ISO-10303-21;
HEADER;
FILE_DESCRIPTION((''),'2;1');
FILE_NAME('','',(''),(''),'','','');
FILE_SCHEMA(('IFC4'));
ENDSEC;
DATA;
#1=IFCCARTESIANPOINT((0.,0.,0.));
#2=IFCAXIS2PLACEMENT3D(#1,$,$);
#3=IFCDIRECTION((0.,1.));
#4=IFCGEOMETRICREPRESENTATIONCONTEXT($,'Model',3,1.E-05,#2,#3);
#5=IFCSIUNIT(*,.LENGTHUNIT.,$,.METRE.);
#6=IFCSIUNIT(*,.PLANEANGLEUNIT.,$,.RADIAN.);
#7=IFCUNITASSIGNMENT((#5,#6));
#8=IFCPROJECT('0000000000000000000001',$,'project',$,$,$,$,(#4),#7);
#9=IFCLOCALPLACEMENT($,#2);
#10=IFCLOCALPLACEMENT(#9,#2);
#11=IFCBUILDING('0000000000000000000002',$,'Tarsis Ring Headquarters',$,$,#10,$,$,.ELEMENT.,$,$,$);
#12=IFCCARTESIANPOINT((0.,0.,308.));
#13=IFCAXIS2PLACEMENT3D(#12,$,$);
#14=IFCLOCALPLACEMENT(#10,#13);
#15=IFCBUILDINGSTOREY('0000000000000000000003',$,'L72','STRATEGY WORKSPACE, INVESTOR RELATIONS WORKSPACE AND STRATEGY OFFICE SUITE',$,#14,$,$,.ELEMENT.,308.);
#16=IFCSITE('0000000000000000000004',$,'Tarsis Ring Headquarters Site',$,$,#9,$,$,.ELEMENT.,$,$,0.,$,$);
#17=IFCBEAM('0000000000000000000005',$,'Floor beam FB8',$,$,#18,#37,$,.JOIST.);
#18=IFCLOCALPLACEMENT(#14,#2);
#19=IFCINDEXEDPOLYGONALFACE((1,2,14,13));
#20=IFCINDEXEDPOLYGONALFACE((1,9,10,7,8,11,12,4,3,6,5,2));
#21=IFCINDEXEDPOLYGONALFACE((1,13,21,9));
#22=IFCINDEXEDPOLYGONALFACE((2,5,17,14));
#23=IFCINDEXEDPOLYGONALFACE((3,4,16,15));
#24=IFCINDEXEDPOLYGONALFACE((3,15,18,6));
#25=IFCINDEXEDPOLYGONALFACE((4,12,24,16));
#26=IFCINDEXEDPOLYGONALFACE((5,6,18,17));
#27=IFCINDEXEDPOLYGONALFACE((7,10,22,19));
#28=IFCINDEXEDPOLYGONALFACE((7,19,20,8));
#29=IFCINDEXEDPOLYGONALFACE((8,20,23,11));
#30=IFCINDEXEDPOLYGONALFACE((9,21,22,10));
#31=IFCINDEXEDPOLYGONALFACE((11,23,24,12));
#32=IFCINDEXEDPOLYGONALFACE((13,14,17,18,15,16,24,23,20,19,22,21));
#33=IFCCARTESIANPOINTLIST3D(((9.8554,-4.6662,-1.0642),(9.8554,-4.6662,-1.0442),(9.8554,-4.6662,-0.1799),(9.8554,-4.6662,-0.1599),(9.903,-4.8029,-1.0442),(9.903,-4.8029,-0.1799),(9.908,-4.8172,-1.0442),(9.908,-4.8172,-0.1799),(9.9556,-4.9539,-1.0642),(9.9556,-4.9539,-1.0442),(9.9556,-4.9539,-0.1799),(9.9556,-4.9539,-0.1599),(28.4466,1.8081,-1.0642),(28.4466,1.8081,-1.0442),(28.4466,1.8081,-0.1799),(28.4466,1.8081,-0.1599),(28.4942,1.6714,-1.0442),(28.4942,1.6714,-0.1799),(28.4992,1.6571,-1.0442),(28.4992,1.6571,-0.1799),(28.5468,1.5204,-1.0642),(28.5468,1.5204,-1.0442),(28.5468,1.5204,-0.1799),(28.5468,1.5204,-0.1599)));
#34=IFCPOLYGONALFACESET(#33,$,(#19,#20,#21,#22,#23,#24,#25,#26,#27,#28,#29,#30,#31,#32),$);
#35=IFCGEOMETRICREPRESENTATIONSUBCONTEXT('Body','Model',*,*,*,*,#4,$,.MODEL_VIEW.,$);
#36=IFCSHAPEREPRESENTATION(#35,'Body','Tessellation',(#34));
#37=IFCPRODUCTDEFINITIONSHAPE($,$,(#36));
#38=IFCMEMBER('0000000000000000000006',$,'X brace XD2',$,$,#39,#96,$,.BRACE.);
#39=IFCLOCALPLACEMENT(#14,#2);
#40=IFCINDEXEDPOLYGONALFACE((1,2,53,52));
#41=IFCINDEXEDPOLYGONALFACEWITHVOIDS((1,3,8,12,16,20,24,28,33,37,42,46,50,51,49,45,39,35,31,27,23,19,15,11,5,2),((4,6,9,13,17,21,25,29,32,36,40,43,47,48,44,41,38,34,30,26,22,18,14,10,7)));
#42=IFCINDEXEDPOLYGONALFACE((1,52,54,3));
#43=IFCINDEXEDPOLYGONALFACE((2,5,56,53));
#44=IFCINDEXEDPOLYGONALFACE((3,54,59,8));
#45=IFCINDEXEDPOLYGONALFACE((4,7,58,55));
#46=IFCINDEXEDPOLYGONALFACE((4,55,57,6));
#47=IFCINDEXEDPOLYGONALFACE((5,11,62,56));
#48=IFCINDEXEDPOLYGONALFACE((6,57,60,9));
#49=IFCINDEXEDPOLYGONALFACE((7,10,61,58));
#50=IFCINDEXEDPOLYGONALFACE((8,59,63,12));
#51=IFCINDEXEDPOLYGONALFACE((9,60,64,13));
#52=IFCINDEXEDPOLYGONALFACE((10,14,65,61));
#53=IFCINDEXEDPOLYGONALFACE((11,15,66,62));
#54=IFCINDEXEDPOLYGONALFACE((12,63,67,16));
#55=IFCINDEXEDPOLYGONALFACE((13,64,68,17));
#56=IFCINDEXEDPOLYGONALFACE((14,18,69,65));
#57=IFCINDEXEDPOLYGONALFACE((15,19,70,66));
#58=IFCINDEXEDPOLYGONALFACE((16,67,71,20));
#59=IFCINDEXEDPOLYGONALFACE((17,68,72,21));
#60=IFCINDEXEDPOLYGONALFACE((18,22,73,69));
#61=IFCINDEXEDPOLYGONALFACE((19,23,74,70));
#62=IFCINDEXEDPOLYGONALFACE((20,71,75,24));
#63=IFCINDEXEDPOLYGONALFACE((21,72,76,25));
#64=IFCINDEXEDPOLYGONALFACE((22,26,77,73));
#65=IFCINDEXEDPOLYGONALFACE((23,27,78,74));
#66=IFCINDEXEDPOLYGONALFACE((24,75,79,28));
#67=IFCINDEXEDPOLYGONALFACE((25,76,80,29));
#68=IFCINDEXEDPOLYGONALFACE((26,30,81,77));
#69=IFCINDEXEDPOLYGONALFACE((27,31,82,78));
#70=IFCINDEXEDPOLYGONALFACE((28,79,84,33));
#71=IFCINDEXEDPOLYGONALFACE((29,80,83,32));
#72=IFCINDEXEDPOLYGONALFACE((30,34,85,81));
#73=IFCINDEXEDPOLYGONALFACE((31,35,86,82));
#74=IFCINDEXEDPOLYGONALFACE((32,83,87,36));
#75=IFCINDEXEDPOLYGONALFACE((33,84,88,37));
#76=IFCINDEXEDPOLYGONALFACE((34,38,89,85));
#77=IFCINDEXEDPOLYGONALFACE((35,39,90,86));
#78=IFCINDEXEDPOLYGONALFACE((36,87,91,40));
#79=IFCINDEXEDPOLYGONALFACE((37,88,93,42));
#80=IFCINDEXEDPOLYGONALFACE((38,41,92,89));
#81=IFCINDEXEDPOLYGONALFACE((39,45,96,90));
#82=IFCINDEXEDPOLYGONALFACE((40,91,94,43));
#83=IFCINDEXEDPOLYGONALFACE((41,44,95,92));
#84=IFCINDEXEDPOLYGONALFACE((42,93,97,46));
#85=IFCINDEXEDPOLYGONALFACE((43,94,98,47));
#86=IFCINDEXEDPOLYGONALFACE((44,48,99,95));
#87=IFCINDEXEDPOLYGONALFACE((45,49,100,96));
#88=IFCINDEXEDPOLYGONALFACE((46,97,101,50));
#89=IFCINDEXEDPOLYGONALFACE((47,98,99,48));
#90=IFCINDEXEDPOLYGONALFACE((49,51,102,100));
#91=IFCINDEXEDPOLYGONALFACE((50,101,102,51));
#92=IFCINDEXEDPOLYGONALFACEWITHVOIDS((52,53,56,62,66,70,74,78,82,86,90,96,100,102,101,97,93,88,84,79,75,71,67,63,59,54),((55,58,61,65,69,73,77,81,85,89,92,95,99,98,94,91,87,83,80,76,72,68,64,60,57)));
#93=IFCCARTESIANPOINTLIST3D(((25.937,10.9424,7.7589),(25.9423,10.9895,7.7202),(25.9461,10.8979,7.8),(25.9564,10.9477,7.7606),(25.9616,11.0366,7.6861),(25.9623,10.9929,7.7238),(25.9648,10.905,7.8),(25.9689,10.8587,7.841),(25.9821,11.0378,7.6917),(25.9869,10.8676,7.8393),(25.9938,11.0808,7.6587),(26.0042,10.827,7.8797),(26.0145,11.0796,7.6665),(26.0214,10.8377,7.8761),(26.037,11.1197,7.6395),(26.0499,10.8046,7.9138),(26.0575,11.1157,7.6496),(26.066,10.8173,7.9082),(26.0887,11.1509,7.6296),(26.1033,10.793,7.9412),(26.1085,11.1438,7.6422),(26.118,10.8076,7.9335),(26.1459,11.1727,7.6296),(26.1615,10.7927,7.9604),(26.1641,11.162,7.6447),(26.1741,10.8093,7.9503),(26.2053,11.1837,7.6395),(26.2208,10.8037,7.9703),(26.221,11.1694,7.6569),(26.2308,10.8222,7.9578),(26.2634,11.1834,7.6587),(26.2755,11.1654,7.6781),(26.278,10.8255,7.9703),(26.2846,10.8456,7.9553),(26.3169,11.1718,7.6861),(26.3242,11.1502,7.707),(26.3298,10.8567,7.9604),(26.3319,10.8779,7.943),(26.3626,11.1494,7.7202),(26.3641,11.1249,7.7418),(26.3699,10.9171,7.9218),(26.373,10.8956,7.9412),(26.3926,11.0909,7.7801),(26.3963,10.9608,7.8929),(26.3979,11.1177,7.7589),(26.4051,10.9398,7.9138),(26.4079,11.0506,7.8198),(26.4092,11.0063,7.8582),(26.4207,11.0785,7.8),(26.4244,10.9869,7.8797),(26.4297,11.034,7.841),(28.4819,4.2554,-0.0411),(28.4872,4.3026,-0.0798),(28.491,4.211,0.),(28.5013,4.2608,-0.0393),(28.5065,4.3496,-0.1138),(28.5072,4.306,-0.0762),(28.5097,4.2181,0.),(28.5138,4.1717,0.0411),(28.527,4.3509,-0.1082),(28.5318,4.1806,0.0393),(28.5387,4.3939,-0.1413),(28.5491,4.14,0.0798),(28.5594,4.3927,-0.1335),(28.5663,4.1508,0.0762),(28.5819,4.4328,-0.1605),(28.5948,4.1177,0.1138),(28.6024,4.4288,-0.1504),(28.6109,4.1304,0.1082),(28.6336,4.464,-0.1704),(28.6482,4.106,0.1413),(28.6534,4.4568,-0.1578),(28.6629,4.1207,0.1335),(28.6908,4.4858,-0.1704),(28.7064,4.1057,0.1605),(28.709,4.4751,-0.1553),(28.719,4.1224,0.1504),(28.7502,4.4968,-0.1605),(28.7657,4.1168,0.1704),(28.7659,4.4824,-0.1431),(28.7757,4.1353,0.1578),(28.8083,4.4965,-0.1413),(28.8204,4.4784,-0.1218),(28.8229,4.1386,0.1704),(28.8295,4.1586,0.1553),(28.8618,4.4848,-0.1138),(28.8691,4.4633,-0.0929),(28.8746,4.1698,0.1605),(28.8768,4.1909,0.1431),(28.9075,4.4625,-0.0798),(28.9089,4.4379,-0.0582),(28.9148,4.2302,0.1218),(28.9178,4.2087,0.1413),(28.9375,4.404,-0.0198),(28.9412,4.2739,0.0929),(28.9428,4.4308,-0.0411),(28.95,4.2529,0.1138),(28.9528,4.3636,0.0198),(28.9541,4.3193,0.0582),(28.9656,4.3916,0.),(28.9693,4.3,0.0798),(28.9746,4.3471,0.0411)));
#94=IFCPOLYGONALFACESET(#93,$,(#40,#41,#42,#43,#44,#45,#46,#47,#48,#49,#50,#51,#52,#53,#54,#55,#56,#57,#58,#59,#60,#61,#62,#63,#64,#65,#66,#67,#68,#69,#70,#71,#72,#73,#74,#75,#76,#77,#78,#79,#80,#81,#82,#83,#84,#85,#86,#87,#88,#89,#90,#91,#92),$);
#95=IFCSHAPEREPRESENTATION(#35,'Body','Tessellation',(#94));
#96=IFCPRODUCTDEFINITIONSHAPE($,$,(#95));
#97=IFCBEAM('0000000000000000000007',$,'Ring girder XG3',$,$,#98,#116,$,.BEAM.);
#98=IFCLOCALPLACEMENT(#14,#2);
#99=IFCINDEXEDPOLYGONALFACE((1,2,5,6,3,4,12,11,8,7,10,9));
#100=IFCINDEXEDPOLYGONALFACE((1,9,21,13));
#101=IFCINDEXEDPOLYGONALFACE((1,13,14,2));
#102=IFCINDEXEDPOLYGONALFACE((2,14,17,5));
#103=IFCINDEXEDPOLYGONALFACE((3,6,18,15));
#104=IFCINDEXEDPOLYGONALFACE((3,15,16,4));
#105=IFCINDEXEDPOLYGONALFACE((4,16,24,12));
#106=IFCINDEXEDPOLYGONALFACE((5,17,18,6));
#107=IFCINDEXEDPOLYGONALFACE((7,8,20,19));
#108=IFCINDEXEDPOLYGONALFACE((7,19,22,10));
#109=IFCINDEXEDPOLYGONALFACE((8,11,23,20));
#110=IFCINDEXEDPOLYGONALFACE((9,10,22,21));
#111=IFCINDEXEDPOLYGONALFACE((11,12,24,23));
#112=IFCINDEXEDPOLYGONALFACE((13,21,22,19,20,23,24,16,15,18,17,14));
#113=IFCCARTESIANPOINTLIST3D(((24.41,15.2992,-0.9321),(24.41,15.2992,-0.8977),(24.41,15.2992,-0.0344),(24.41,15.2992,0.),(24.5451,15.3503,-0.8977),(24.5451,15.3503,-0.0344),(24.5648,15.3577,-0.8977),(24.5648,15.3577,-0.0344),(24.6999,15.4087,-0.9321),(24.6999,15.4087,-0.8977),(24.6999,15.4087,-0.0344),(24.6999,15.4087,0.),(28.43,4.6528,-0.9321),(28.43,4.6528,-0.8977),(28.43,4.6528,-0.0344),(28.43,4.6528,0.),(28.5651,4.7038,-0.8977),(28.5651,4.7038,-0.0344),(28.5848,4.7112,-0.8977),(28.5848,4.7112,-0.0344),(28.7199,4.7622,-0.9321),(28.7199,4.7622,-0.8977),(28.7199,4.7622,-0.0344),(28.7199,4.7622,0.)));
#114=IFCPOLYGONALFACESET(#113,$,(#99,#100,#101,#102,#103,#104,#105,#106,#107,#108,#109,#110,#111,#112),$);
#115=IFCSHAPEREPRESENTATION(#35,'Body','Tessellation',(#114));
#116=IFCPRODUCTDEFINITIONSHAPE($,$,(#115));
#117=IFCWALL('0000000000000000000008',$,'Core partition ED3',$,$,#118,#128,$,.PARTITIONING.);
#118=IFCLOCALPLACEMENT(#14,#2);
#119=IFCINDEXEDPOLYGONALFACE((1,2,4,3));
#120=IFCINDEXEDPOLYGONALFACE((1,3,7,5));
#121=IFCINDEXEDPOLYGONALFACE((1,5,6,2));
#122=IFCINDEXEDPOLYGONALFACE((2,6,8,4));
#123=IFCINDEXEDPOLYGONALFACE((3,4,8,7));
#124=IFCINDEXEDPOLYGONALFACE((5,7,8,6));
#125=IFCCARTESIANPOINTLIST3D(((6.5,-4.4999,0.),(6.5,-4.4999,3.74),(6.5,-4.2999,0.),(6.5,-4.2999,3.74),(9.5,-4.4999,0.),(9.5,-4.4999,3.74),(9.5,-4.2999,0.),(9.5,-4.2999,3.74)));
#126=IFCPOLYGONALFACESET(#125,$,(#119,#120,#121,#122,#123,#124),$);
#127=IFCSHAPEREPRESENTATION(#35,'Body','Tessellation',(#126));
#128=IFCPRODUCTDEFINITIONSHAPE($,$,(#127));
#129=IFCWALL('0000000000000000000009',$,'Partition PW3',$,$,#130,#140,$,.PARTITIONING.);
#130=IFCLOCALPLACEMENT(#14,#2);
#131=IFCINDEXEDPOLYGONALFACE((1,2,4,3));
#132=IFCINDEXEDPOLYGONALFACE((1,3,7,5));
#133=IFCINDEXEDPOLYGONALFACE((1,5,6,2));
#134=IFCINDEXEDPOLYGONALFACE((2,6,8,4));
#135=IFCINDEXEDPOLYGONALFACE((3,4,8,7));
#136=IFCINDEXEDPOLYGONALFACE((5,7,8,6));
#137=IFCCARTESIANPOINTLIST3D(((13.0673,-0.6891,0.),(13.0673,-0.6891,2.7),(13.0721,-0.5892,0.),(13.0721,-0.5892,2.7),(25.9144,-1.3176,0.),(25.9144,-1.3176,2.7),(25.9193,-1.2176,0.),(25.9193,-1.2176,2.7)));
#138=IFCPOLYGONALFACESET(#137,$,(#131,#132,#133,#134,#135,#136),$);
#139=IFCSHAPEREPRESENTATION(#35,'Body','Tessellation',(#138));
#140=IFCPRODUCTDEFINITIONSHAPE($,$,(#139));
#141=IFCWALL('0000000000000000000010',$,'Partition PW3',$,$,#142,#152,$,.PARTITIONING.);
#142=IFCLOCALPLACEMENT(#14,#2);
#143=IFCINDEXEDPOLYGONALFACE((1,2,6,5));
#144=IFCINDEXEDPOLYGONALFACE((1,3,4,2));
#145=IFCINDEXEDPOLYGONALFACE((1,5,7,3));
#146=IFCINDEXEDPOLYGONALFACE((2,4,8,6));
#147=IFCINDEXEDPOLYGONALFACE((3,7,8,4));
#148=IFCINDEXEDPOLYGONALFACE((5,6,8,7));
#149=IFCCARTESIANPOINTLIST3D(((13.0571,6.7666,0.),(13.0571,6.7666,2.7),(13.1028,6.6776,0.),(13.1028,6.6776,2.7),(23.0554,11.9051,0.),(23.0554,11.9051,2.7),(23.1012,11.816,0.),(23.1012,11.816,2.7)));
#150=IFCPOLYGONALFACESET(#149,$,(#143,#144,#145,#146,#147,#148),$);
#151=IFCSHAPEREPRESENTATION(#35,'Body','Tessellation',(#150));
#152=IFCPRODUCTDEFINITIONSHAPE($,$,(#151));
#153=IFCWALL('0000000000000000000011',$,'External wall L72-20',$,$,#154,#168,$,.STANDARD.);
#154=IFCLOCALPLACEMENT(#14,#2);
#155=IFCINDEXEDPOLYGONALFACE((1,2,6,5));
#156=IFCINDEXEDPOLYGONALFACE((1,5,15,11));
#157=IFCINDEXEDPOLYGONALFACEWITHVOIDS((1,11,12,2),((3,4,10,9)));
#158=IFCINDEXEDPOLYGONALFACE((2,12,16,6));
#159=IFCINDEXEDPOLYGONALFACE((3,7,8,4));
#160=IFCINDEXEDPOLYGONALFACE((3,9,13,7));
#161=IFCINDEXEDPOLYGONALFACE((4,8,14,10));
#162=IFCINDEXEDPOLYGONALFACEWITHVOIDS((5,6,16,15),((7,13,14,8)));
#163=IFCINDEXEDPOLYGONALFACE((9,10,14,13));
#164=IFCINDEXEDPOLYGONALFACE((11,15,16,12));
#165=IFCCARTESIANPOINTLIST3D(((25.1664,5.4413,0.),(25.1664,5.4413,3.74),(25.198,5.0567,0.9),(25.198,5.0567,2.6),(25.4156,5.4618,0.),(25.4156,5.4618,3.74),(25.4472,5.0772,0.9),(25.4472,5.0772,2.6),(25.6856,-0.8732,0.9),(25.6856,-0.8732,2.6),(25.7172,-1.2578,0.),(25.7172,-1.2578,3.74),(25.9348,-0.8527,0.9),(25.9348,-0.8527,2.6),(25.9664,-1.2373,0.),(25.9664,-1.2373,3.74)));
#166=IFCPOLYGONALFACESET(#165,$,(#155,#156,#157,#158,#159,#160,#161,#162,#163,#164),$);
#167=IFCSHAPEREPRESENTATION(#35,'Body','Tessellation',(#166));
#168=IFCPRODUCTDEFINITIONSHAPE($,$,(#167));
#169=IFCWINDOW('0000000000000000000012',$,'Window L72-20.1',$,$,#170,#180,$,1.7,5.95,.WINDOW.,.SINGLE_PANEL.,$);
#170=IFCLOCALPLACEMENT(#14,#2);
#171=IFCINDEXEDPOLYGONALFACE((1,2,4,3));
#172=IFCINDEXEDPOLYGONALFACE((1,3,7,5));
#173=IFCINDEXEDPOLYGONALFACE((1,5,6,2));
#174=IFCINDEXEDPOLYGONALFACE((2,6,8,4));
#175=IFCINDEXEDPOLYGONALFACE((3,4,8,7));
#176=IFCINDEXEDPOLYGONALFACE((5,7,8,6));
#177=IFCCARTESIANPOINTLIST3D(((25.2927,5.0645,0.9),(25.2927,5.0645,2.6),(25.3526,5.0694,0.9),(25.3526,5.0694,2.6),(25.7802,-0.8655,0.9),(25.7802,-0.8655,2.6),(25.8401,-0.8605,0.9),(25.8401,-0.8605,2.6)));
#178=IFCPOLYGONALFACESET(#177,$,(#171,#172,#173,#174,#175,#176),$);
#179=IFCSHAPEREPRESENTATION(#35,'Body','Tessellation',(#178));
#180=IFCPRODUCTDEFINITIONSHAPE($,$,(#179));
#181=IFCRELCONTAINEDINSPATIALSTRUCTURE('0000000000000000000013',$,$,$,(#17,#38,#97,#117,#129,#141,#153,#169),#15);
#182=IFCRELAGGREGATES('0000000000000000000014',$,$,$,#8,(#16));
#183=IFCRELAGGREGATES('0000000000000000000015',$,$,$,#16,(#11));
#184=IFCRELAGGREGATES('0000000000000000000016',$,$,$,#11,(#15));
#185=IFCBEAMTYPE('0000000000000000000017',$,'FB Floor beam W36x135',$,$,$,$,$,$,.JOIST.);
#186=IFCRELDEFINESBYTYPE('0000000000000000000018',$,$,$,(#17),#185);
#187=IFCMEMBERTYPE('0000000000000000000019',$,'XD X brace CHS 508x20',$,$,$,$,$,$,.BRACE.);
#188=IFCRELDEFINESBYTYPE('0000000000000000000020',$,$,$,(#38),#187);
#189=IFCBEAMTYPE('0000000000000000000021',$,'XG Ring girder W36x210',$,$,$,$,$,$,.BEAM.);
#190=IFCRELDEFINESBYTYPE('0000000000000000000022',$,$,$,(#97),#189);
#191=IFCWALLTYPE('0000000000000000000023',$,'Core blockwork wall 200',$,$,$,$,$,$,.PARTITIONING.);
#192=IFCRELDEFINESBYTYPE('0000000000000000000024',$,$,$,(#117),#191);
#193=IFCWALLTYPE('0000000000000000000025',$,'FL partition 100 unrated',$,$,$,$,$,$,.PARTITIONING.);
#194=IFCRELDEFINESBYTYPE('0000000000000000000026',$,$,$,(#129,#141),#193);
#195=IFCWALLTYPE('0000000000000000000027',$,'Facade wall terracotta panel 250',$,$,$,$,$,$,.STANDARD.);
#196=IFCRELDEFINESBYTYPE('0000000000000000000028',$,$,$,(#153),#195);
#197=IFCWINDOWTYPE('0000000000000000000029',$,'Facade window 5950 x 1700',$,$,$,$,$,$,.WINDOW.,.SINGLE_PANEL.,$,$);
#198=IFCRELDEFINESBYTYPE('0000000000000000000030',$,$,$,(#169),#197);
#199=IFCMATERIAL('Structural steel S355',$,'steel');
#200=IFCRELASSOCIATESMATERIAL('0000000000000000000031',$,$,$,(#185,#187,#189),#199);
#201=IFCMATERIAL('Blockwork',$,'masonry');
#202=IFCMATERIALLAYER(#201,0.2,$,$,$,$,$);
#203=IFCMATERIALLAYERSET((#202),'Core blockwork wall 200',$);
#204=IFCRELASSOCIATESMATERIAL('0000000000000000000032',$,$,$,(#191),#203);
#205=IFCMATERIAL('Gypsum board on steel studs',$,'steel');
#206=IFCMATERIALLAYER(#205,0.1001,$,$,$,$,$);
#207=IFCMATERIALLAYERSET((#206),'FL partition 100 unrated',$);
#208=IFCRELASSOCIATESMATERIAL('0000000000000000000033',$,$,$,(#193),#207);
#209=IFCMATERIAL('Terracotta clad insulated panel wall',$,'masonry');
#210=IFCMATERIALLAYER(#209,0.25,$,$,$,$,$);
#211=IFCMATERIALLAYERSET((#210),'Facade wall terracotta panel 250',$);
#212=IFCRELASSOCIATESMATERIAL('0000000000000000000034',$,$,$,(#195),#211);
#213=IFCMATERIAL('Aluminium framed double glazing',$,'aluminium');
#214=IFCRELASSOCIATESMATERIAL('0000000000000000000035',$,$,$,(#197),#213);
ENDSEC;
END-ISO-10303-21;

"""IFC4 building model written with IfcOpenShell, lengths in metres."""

from ifc_helpers import new_model, si_unit, direction, frame, frame_2d, origin, origin_2d, place, context, subcontext, project, spatial, rectangle, hollow_circle, i_section, extrude, material, layer, layer_set, material_profile, profile_set, type_object, element, fill, save


model = new_model("IFC4")

# Units and contexts
model_context = context("Model", 3, precision=1e-05, world=origin(), true_north=direction((0.0, 1.0)))
body_context = subcontext(model_context, "Body", "Model", "MODEL_VIEW")
ifc_project = project(units=[si_unit("LENGTHUNIT", "METRE"), si_unit("PLANEANGLEUNIT", "RADIAN")], contexts=[model_context])

# Site, building, storey
site_placement = place(None, origin())
site = spatial("IfcSite", under=ifc_project, at=site_placement, Name="Tarsis Ring Headquarters Site", CompositionType="ELEMENT", RefElevation=0.0)
building_placement = place(site_placement, origin())
building = spatial("IfcBuilding", under=site, at=building_placement, Name="Tarsis Ring Headquarters", CompositionType="ELEMENT")
storey_placement = place(building_placement, frame((0.0, 0.0, 308.0)))
storey = spatial("IfcBuildingStorey", under=building, at=storey_placement, Name="L72", Description="STRATEGY WORKSPACE, INVESTOR RELATIONS WORKSPACE AND STRATEGY OFFICE SUITE", CompositionType="ELEMENT", Elevation=308.0)

# Shared definitions
ifc_material_1 = material(Name="Structural steel S355", Category="steel")

# Beam
ifc_material_profile_1 = material_profile(ifc_material_1, i_section(OverallWidth=0.3047, OverallDepth=0.9043, WebThickness=0.0151, FlangeThickness=0.02, at=origin_2d()), Name="W36x135")
ifc_profile_set_1 = profile_set([ifc_material_profile_1], Name="Structural steel S355")
beam_type_1 = type_object("IfcBeamType", Name="FB Floor beam W36x135", PredefinedType="JOIST", material=ifc_profile_set_1)
beam_1_placement = place(storey_placement, frame((9.9055, -4.8101, -0.6121), z_axis=(0.944373, 0.328875, 0.0), x_axis=(-0.328875, 0.944373, 0.0)))
element("IfcBeam", 1, at=beam_1_placement, inside=storey, type_object=beam_type_1, Name="Floor beam FB8", PredefinedType="JOIST", context=body_context, shape_type="SweptSolid", body=[
    extrude(i_section(OverallWidth=0.3047, OverallDepth=0.9043, WebThickness=0.0151, FlangeThickness=0.02, at=origin_2d()), origin(), (0.0, 0.0, 1.0), 19.6863),
])

# Member
ifc_material_profile_2 = material_profile(ifc_material_1, hollow_circle(Radius=0.2539, WallThickness=0.02, at=origin_2d()), Name="CHS 508x20")
ifc_profile_set_2 = profile_set([ifc_material_profile_2], Name="Structural steel S355")
member_type = type_object("IfcMemberType", Name="XD X brace CHS 508x20", PredefinedType="BRACE", material=ifc_profile_set_2)
member_placement = place(storey_placement, frame((28.7283, 4.3013, 0.0), z_axis=(-0.240437, 0.631769, 0.736925), x_axis=(-0.934604, -0.355689, 0.0)))
element("IfcMember", 2, at=member_placement, inside=storey, type_object=member_type, Name="X brace XD2", PredefinedType="BRACE", context=body_context, shape_type="SweptSolid", body=[
    extrude(hollow_circle(Radius=0.2539, WallThickness=0.02, at=origin_2d()), origin(), (0.0, 0.0, 1.0), 10.5845),
])

# Beam
ifc_material_profile_3 = material_profile(ifc_material_1, i_section(OverallWidth=0.3098, OverallDepth=0.9321, WebThickness=0.021, FlangeThickness=0.0344, at=origin_2d()), Name="W36x210")
ifc_profile_set_3 = profile_set([ifc_material_profile_3], Name="Structural steel S355")
beam_type_2 = type_object("IfcBeamType", Name="XG Ring girder W36x210", PredefinedType="BEAM", material=ifc_profile_set_3)
beam_2_placement = place(storey_placement, frame((28.575, 4.7075, -0.4661), z_axis=(-0.353248, 0.93553, 0.0), x_axis=(-0.93553, -0.353248, 0.0)))
element("IfcBeam", 3, at=beam_2_placement, inside=storey, type_object=beam_type_2, Name="Ring girder XG3", PredefinedType="BEAM", context=body_context, shape_type="SweptSolid", body=[
    extrude(i_section(OverallWidth=0.3098, OverallDepth=0.9321, WebThickness=0.021, FlangeThickness=0.0344, at=origin_2d()), origin(), (0.0, 0.0, 1.0), 11.3801),
])

# Walls
ifc_material_2 = material(Name="Blockwork", Category="masonry")
ifc_layer_1 = layer(ifc_material_2, 0.2)
ifc_layer_set_1 = layer_set([ifc_layer_1], Name="Core blockwork wall 200")
wall_type_1 = type_object("IfcWallType", Name="Core blockwork wall 200", PredefinedType="PARTITIONING", material=ifc_layer_set_1)
wall_1_placement = place(storey_placement, frame((6.5, -4.3999, 0.0), z_axis=(0.0, 0.0, 1.0), x_axis=(1.0, 0.0, 0.0)))
element("IfcWall", 4, at=wall_1_placement, inside=storey, type_object=wall_type_1, Name="Core partition ED3", PredefinedType="PARTITIONING", context=body_context, shape_type="SweptSolid", body=[
    extrude(rectangle(XDim=3.0, YDim=0.2, at=frame_2d((1.5, 0.0))), origin(), (0.0, 0.0, 1.0), 3.74),
])
ifc_material_3 = material(Name="Gypsum board on steel studs", Category="steel")
ifc_layer_2 = layer(ifc_material_3, 0.1001)
ifc_layer_set_2 = layer_set([ifc_layer_2], Name="FL partition 100 unrated")
wall_type_2 = type_object("IfcWallType", Name="FL partition 100 unrated", PredefinedType="PARTITIONING", material=ifc_layer_set_2)
wall_2_placement = place(storey_placement, frame((13.0698, -0.6392, 0.0), z_axis=(0.0, 0.0, 1.0), x_axis=(0.998806, -0.048856, 0.0)))
element("IfcWall", 5, at=wall_2_placement, inside=storey, type_object=wall_type_2, Name="Partition PW3", PredefinedType="PARTITIONING", context=body_context, shape_type="SweptSolid", body=[
    extrude(rectangle(XDim=12.8625, YDim=0.1001, at=frame_2d((6.4312, 0.0))), origin(), (0.0, 0.0, 1.0), 2.7),
])
wall_3_placement = place(storey_placement, frame((13.0801, 6.7222, 0.0), z_axis=(0.0, 0.0, 1.0), x_axis=(0.889416, 0.457098, 0.0)))
element("IfcWall", 6, at=wall_3_placement, inside=storey, type_object=wall_type_2, Name="Partition PW3", PredefinedType="PARTITIONING", context=body_context, shape_type="SweptSolid", body=[
    extrude(rectangle(XDim=11.2415, YDim=0.1001, at=frame_2d((5.6206, 0.0))), origin(), (0.0, 0.0, 1.0), 2.7),
])

# Wall, opening, window
ifc_material_4 = material(Name="Terracotta clad insulated panel wall", Category="masonry")
ifc_layer_3 = layer(ifc_material_4, 0.25)
ifc_layer_set_3 = layer_set([ifc_layer_3], Name="Facade wall terracotta panel 250")
wall_type_3 = type_object("IfcWallType", Name="Facade wall terracotta panel 250", PredefinedType="STANDARD", material=ifc_layer_set_3)
wall_4_placement = place(storey_placement, frame((25.8418, -1.2476, 0.0), z_axis=(0.0, 0.0, 1.0), x_axis=(-0.081942, 0.996637, 0.0)))
wall_4 = element("IfcWall", 7, at=wall_4_placement, inside=storey, type_object=wall_type_3, Name="External wall L72-20", PredefinedType="STANDARD", context=body_context, shape_type="SweptSolid", body=[
    extrude(rectangle(XDim=6.7217, YDim=0.25, at=frame_2d((3.3608, 0.0))), origin(), (0.0, 0.0, 1.0), 3.74),
])
opening_1_placement = place(wall_4_placement, frame((0.3857, 0.0, 0.8999)))
opening_1 = element("IfcOpeningElement", 8, at=opening_1_placement, cuts=wall_4, PredefinedType="OPENING", context=body_context, shape_type="SweptSolid", body=[
    extrude(rectangle(XDim=5.95, YDim=1.7, at=frame_2d((2.9751, 0.8501))), frame((0.0, 0.135, 0.0), z_axis=(0.0, -1.0, 0.0), x_axis=(1.0, 0.0, 0.0)), (0.0, 0.0, 1.0), 0.27),
])
ifc_material_5 = material(Name="Aluminium framed double glazing", Category="aluminium")
window_type = type_object("IfcWindowType", Name="Facade window 5950 x 1700", PartitioningType="SINGLE_PANEL", PredefinedType="WINDOW", material=ifc_material_5)
window_1_placement = place(opening_1_placement, origin())
window_1 = element("IfcWindow", 9, at=window_1_placement, inside=storey, type_object=window_type, Name="Window L72-20.1", OverallHeight=1.7, OverallWidth=5.95, PartitioningType="SINGLE_PANEL", PredefinedType="WINDOW", context=body_context, shape_type="SweptSolid", body=[
    extrude(rectangle(XDim=5.95, YDim=1.7, at=frame_2d((2.9751, 0.8501))), frame((0.0, 0.03, 0.0), z_axis=(0.0, -1.0, 0.0), x_axis=(1.0, 0.0, 0.0)), (0.0, 0.0, 1.0), 0.0601),
])
fill(opening_1, window_1)

save(model, "model.ifc")
